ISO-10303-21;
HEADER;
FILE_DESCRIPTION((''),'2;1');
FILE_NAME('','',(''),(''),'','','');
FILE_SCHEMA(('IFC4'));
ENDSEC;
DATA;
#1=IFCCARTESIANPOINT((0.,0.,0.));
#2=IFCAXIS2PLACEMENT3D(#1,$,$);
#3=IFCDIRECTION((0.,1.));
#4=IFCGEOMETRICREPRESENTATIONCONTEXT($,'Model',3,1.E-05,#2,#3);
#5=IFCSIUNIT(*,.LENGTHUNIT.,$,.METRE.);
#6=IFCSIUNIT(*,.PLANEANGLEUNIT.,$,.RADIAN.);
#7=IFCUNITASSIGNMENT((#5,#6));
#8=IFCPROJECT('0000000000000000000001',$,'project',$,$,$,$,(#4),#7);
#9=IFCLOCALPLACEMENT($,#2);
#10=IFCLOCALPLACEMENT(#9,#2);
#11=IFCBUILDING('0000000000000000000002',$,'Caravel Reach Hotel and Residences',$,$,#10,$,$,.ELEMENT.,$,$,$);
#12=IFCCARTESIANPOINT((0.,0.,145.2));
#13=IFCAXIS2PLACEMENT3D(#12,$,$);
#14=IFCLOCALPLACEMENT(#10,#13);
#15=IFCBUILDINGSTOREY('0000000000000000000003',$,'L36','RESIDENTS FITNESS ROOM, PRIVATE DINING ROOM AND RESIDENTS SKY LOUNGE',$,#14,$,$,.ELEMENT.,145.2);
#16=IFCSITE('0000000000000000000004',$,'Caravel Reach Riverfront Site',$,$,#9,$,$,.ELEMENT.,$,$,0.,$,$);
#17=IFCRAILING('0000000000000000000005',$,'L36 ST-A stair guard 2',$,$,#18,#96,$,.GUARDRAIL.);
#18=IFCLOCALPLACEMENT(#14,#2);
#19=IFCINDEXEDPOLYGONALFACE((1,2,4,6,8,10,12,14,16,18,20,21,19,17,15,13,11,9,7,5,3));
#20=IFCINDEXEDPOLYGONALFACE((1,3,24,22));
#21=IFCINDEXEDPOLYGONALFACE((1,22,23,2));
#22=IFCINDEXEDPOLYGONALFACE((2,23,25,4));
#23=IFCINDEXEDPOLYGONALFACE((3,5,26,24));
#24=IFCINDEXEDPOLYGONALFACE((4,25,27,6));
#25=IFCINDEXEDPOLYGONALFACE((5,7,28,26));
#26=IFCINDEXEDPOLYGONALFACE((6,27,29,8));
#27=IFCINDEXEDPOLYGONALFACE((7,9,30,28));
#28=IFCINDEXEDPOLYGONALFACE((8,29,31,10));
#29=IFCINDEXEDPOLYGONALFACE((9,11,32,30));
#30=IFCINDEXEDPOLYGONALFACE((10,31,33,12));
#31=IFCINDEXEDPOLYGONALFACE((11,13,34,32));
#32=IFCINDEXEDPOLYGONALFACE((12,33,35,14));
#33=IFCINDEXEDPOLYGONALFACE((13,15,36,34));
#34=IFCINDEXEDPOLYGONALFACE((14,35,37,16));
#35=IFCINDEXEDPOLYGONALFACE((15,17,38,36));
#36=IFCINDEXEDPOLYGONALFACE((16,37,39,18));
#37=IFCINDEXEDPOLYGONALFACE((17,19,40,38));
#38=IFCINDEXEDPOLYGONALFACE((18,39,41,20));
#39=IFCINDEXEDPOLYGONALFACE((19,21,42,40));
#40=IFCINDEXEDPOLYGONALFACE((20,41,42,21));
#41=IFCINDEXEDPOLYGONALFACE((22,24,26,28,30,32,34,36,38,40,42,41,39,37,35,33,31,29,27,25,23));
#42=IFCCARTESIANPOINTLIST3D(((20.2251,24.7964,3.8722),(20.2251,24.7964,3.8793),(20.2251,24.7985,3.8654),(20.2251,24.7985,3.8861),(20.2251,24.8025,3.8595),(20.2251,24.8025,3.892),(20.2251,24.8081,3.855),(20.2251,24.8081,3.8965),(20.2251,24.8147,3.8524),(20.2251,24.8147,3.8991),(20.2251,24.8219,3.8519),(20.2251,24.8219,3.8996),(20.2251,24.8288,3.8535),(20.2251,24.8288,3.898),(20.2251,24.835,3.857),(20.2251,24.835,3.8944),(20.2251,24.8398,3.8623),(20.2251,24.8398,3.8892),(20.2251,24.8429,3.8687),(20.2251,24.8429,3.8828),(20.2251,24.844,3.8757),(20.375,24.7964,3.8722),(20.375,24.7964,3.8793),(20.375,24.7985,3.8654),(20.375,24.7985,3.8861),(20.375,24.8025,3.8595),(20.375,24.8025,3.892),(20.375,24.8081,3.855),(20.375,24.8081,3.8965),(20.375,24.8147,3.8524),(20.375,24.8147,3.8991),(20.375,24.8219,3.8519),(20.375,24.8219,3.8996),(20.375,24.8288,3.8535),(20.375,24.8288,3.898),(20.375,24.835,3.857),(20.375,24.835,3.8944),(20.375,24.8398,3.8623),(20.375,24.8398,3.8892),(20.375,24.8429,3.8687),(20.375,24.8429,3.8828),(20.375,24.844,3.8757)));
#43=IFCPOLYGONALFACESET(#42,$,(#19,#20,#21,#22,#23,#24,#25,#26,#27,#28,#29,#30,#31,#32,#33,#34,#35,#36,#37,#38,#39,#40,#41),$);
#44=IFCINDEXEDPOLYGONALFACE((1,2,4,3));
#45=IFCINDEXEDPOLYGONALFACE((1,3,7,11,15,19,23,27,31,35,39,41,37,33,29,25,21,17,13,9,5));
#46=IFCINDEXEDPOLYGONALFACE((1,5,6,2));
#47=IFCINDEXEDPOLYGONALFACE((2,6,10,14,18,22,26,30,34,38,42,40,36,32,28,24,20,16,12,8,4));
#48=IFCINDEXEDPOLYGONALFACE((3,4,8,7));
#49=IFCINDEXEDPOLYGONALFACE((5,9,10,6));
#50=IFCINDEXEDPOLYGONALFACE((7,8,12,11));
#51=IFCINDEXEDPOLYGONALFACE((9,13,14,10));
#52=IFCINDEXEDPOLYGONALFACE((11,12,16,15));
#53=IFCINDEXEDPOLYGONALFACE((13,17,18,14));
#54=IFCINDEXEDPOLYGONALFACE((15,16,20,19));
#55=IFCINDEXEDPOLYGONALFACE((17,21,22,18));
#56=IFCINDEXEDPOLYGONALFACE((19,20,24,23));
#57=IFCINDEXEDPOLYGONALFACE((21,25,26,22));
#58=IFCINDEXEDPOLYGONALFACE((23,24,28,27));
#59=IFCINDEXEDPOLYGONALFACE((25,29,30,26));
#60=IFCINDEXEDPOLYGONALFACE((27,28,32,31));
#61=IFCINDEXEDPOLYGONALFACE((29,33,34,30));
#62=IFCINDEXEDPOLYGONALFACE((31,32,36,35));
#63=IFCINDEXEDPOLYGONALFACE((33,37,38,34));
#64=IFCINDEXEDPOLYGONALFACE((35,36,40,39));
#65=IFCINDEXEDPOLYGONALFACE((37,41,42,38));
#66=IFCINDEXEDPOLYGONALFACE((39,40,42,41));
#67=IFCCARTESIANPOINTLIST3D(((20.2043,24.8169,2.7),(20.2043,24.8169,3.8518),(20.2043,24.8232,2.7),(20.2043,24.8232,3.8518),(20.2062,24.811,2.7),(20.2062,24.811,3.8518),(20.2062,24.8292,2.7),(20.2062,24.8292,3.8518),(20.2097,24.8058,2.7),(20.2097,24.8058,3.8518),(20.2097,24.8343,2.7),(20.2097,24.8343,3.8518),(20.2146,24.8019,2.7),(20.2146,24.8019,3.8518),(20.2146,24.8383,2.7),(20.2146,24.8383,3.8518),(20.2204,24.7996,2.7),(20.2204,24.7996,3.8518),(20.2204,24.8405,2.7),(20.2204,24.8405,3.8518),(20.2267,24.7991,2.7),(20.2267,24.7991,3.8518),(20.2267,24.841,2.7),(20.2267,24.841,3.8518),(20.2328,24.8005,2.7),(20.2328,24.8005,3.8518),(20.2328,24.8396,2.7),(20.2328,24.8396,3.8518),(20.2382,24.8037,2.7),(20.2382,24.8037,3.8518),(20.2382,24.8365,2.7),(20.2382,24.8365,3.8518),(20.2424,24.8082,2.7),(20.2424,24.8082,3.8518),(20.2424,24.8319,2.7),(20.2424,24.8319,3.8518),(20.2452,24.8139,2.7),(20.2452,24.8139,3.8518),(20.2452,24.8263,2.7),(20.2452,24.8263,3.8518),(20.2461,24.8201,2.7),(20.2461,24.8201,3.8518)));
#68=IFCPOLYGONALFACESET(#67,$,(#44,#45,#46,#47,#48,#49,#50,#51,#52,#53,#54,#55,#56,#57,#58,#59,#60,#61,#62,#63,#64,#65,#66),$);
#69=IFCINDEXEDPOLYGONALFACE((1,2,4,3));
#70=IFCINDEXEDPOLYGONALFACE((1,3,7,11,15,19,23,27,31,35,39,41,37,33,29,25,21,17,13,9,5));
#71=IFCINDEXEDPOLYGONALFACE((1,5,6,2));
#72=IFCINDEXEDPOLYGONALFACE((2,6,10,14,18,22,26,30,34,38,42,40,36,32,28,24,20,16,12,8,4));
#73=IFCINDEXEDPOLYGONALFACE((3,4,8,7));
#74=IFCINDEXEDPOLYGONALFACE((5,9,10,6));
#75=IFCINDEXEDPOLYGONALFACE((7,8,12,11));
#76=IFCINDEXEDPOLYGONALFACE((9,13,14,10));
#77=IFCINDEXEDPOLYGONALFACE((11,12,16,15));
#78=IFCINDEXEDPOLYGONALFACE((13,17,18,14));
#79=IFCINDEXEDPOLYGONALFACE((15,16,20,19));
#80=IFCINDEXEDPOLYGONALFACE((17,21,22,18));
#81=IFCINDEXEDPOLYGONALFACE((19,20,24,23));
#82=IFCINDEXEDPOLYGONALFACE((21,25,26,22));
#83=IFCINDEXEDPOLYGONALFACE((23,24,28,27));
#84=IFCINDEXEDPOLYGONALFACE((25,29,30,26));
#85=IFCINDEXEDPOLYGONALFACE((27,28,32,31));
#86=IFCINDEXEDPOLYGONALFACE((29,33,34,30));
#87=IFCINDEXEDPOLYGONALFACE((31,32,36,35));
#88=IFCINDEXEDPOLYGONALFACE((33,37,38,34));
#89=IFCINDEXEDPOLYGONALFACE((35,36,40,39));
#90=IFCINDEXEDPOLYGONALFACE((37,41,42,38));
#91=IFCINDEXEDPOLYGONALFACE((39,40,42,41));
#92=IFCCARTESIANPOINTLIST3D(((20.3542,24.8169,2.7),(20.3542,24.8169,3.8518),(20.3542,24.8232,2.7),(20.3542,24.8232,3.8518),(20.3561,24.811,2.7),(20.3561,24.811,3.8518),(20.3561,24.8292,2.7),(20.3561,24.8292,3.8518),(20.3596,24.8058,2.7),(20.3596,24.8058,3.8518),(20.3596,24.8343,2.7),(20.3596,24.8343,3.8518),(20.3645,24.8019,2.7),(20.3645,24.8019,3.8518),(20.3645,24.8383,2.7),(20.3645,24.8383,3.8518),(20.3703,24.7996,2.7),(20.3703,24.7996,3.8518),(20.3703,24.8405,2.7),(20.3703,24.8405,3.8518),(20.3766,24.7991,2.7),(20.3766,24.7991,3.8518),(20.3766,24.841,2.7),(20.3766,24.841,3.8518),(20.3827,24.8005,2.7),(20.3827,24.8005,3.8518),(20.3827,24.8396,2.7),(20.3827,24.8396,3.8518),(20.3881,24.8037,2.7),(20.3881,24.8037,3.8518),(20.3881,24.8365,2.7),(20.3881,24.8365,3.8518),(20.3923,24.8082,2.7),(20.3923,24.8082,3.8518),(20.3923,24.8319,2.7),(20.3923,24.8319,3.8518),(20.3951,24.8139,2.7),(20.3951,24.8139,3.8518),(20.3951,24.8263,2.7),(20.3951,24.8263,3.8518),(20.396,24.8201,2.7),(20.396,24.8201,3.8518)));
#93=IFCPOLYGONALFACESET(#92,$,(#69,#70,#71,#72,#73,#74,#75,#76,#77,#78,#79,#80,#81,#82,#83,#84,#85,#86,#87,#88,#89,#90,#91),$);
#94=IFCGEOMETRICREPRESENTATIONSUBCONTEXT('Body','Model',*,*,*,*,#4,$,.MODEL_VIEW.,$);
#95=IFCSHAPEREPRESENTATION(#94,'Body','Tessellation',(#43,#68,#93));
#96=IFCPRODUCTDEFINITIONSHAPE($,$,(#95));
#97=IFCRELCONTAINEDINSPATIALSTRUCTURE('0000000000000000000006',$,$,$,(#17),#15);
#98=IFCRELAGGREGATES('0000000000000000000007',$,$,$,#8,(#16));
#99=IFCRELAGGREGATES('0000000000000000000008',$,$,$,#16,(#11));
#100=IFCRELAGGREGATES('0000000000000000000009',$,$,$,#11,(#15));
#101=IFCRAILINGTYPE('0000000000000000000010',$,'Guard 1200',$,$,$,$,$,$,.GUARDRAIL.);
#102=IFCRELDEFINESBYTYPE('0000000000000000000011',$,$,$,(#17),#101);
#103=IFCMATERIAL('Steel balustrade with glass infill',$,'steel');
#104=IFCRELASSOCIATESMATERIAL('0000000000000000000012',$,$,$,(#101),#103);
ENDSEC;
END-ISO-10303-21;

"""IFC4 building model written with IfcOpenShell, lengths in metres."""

from ifc_helpers import new_model, si_unit, direction, frame, origin, origin_2d, place, context, subcontext, project, spatial, circle, extrude, material, type_object, element, save


model = new_model("IFC4")

# Units and contexts
model_context = context("Model", 3, precision=1e-05, world=origin(), true_north=direction((0.0, 1.0)))
body_context = subcontext(model_context, "Body", "Model", "MODEL_VIEW")
ifc_project = project(units=[si_unit("LENGTHUNIT", "METRE"), si_unit("PLANEANGLEUNIT", "RADIAN")], contexts=[model_context])

# Site, building, storey
site_placement = place(None, origin())
site = spatial("IfcSite", under=ifc_project, at=site_placement, Name="Caravel Reach Riverfront Site", CompositionType="ELEMENT", RefElevation=0.0)
building_placement = place(site_placement, origin())
building = spatial("IfcBuilding", under=site, at=building_placement, Name="Caravel Reach Hotel and Residences", CompositionType="ELEMENT")
storey_placement = place(building_placement, frame((0.0, 0.0, 145.2)))
storey = spatial("IfcBuildingStorey", under=building, at=storey_placement, Name="L36", Description="RESIDENTS FITNESS ROOM, PRIVATE DINING ROOM AND RESIDENTS SKY LOUNGE", CompositionType="ELEMENT", Elevation=145.2)

# Railing
ifc_material_1 = material(Name="Steel balustrade with glass infill", Category="steel")
railing_type_1 = type_object("IfcRailingType", Name="Guard 1200", PredefinedType="GUARDRAIL", material=ifc_material_1)
railing_1_placement = place(storey_placement, frame((20.2251, 24.8201, 2.7)))
element("IfcRailing", 1, at=railing_1_placement, inside=storey, type_object=railing_type_1, Name="L36 ST-A stair guard 2", PredefinedType="GUARDRAIL", context=body_context, shape_type="SweptSolid", body=[
    extrude(circle(Radius=0.0239, at=origin_2d()), frame((0.0, 0.0, 1.1758), z_axis=(1.0, 0.0, 0.0), x_axis=(0.0, 1.0, 0.0)), (0.0, 0.0, 1.0), 0.1499),
    extrude(circle(Radius=0.021, at=origin_2d()), origin(), (0.0, 0.0, 1.0), 1.1519),
    extrude(circle(Radius=0.021, at=origin_2d()), frame((0.1499, 0.0, 0.0)), (0.0, 0.0, 1.0), 1.1519),
])

save(model, "model.ifc")
